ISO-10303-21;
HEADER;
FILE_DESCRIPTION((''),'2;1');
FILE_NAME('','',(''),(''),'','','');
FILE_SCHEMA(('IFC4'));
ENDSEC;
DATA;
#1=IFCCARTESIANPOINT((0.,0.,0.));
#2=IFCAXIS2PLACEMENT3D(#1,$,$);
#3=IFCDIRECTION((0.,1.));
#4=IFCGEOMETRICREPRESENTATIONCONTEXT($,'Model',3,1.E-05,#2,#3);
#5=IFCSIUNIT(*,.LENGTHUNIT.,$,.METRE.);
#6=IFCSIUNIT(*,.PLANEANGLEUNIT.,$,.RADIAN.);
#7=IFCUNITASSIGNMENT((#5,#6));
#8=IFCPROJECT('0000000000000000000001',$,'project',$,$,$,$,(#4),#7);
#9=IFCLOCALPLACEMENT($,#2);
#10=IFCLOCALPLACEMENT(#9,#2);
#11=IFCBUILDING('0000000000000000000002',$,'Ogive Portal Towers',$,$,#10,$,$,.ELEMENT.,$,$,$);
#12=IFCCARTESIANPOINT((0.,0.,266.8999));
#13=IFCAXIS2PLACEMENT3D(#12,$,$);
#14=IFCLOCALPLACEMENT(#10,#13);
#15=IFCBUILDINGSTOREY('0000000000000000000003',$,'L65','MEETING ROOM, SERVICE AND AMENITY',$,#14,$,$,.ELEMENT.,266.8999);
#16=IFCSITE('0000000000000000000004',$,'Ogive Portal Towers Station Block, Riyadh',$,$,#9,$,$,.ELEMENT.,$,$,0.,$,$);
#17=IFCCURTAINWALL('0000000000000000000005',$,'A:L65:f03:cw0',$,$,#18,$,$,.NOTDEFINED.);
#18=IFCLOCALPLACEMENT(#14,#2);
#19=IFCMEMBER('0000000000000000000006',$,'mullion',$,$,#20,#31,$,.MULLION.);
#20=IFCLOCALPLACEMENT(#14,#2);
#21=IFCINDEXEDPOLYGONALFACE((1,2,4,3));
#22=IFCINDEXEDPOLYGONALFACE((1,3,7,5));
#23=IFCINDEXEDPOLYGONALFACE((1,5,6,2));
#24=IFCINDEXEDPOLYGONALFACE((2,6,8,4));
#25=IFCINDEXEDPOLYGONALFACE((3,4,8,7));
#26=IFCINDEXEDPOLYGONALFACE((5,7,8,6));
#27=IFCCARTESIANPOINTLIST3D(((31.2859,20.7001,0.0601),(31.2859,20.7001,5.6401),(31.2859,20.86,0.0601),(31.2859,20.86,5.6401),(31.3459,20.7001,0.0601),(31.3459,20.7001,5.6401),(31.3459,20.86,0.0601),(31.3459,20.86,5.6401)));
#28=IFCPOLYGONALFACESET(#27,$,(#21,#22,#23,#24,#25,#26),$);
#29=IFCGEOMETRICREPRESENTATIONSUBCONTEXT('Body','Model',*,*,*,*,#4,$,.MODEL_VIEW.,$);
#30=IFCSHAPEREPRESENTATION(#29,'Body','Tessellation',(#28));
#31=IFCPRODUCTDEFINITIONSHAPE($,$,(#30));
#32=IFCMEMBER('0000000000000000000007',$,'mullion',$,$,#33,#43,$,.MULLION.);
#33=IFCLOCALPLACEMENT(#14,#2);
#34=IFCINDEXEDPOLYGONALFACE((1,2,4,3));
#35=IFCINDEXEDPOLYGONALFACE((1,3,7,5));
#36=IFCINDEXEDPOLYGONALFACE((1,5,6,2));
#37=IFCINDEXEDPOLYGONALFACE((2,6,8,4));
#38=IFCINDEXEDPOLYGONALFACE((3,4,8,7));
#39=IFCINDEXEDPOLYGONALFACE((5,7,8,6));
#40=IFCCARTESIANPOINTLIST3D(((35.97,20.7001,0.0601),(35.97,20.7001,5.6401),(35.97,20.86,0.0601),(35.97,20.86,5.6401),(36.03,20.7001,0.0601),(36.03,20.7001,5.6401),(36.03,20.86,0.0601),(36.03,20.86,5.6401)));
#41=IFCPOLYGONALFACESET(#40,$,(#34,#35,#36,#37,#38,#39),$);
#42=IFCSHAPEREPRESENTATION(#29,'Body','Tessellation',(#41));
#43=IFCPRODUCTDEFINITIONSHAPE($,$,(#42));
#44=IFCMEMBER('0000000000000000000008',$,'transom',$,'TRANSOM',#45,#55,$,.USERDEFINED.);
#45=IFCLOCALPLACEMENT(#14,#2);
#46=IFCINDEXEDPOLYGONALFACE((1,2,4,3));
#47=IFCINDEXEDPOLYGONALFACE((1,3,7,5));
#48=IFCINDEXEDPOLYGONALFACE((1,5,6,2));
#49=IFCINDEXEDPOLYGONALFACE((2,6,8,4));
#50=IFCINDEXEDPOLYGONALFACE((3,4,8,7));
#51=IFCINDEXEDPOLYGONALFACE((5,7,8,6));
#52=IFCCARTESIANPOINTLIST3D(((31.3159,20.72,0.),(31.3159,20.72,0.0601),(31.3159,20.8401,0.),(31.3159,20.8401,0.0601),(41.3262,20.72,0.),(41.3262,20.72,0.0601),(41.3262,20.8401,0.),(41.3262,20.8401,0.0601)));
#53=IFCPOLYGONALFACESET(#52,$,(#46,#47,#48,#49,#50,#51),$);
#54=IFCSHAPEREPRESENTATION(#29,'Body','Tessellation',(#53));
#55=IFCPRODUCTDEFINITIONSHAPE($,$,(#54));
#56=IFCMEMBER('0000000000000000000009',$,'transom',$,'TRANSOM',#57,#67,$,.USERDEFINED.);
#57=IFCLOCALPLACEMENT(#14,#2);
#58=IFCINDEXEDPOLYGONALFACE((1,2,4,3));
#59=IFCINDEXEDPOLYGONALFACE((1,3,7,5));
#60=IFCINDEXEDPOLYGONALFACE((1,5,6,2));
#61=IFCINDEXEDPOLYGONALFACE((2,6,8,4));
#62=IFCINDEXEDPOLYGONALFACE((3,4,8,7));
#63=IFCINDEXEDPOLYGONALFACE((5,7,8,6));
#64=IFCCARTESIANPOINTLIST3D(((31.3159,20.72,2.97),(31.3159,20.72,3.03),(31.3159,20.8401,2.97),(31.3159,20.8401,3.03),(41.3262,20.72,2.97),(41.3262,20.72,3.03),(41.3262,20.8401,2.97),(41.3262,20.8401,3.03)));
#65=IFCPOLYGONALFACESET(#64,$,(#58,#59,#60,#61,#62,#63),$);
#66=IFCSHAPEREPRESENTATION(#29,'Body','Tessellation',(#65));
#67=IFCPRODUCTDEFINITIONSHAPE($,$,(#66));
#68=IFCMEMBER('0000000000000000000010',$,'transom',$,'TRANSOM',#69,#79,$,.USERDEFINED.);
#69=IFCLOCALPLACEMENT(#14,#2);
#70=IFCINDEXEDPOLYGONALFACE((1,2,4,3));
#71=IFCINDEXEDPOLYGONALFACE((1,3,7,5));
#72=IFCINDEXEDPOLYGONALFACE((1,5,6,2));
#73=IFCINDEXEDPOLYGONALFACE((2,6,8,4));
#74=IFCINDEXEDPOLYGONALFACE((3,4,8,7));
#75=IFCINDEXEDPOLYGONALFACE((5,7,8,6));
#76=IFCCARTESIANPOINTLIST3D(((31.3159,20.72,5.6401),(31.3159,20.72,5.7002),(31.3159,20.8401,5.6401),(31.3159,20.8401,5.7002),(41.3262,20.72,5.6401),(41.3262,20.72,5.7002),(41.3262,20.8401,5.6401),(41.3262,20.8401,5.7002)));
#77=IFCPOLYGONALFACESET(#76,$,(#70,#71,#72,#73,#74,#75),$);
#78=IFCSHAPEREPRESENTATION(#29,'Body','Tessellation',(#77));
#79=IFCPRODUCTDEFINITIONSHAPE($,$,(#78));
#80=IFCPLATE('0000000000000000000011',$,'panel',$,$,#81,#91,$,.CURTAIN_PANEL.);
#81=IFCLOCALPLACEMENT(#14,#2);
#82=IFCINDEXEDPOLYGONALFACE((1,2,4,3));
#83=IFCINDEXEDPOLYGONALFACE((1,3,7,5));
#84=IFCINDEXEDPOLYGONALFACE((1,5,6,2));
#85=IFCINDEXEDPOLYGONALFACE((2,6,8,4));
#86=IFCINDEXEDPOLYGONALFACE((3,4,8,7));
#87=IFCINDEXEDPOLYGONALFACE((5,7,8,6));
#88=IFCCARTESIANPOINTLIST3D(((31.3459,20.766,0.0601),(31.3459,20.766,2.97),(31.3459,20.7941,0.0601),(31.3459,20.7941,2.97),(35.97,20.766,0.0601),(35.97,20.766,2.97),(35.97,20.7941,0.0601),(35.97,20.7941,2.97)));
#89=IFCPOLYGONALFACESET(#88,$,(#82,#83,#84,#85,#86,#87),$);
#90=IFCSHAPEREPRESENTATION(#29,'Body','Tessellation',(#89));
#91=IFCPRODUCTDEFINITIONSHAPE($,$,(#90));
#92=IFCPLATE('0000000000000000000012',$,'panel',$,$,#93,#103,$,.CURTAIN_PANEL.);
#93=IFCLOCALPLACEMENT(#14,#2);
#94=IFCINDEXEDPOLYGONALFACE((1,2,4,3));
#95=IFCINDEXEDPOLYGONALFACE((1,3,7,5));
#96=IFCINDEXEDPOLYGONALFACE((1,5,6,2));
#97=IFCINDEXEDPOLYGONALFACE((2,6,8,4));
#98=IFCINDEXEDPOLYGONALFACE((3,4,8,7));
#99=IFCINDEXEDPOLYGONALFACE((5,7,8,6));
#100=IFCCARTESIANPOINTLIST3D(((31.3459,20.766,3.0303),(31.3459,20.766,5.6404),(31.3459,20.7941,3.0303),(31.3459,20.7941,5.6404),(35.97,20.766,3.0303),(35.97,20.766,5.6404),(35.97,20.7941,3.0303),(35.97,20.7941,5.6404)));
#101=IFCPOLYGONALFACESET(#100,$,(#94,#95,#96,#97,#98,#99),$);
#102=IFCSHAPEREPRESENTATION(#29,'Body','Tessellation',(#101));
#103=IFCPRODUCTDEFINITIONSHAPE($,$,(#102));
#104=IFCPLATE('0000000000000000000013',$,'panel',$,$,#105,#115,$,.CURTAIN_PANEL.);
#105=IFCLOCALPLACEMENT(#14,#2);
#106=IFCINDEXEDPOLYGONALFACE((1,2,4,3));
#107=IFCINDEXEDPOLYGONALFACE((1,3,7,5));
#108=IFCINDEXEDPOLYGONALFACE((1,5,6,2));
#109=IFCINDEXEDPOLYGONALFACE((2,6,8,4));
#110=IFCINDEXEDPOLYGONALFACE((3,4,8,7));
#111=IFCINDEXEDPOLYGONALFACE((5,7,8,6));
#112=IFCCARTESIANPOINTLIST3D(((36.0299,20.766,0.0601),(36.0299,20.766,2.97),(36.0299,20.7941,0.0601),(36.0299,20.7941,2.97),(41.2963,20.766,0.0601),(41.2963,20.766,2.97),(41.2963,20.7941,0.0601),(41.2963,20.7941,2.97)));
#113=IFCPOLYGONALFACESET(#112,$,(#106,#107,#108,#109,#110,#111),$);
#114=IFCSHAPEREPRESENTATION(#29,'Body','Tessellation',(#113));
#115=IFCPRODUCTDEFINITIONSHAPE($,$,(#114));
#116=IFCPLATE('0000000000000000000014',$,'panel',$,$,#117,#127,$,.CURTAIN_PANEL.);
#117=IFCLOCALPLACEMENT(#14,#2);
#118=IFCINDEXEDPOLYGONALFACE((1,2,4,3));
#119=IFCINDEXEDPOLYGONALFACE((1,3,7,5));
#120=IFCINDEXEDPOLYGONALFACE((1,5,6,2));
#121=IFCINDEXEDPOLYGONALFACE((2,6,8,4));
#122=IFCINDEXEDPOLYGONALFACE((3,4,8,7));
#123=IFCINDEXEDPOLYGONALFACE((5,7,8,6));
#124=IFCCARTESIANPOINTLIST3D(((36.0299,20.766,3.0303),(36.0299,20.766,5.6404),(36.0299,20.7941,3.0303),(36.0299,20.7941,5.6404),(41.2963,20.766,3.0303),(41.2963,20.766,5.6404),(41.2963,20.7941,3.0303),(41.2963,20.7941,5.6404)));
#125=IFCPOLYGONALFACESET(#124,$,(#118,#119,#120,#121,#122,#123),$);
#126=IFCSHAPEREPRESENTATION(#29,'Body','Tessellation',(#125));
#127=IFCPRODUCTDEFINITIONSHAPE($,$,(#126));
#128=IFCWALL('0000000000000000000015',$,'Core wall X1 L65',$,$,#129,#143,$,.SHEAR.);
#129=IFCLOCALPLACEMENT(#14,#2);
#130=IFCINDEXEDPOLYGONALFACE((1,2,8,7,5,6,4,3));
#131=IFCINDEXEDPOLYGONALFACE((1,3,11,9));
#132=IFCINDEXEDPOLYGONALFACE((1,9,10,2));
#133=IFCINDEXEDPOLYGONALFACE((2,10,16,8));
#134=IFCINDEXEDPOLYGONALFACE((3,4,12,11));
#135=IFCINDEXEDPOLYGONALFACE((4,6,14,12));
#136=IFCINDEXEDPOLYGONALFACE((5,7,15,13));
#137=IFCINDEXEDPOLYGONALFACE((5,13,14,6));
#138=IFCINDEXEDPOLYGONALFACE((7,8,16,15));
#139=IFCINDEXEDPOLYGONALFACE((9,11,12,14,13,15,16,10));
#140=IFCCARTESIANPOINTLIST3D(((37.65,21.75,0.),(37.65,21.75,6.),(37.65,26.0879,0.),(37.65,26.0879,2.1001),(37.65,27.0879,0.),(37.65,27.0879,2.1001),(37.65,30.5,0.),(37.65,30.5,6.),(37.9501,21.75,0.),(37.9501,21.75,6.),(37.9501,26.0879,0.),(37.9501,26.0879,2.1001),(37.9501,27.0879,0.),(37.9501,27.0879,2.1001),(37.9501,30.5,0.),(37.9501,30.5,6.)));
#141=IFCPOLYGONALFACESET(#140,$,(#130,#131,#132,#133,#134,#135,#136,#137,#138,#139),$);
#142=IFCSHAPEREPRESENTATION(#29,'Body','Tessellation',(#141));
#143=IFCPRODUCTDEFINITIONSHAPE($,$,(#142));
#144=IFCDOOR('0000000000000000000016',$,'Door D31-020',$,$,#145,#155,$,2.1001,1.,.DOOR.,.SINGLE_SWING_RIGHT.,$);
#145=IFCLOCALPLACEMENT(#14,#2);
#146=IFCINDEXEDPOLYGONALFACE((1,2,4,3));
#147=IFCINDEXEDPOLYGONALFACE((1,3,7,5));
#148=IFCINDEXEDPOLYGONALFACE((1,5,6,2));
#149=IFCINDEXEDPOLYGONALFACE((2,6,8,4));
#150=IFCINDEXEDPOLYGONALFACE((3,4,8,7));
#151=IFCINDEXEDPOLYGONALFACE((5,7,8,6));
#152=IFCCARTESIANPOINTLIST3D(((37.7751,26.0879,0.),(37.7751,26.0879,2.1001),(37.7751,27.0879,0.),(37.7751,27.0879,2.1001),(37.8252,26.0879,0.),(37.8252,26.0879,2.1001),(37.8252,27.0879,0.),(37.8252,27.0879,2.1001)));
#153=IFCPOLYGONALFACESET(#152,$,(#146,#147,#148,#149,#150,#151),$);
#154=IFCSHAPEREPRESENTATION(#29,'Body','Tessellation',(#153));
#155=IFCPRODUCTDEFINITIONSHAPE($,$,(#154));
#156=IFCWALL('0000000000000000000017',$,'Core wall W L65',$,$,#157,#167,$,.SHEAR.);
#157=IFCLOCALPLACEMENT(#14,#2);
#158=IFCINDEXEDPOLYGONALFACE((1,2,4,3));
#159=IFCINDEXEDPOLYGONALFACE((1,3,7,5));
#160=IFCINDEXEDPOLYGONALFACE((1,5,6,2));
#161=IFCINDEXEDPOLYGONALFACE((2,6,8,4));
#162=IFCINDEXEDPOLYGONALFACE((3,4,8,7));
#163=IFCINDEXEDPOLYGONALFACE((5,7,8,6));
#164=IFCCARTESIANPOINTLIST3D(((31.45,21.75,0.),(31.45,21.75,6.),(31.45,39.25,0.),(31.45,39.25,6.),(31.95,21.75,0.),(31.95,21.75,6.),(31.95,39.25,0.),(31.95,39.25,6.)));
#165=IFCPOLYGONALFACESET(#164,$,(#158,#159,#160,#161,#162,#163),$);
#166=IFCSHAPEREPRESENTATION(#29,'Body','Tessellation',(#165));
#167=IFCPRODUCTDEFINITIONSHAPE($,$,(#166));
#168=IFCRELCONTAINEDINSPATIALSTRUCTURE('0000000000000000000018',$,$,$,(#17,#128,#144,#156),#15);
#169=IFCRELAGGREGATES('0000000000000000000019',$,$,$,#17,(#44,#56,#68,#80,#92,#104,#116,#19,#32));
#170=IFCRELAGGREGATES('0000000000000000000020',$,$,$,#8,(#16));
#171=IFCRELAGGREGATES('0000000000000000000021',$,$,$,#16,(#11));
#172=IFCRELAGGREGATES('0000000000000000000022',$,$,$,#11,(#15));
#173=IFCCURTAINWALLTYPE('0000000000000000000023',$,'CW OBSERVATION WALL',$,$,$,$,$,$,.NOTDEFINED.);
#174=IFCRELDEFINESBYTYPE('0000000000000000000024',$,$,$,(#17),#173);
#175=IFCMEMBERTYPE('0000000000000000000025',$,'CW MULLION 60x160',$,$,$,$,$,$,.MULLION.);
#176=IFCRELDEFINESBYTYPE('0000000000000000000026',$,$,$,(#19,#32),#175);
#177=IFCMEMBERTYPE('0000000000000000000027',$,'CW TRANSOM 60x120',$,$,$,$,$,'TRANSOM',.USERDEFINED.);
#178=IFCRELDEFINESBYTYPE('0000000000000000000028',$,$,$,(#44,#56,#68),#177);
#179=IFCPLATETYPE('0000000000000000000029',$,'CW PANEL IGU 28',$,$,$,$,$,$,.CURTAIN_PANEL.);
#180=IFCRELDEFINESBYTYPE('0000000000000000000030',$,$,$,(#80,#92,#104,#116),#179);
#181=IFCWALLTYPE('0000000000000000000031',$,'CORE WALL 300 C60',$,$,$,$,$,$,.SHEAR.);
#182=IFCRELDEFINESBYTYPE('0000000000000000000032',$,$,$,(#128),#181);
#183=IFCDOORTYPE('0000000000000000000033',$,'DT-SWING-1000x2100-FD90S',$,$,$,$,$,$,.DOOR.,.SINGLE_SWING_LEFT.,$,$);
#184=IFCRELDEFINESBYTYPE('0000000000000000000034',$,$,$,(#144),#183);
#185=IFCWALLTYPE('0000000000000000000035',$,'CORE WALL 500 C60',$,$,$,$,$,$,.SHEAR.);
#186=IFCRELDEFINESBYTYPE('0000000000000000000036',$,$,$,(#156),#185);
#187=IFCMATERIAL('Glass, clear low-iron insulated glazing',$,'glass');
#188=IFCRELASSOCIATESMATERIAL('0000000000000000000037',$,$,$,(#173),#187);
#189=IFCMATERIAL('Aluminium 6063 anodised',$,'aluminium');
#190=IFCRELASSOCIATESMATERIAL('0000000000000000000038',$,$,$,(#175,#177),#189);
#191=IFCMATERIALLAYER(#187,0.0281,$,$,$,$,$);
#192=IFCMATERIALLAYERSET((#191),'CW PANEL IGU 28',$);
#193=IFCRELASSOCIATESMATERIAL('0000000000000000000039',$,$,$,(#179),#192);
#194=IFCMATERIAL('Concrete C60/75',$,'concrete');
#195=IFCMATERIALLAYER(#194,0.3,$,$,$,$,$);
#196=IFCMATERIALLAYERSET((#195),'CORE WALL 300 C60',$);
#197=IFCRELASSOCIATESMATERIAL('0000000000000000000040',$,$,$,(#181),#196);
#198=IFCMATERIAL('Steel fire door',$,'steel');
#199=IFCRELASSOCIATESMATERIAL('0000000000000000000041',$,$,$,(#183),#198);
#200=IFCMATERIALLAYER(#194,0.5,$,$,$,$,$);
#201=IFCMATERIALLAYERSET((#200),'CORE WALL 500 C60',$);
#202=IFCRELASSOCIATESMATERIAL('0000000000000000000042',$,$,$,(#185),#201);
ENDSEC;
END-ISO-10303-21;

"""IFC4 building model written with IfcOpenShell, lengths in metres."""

from ifc_helpers import new_model, si_unit, direction, frame, frame_2d, origin, origin_2d, place, context, subcontext, project, spatial, rectangle, extrude, material, layer, layer_set, material_profile, profile_set, type_object, element, fill, aggregate, save


model = new_model("IFC4")

# Units and contexts
model_context = context("Model", 3, precision=1e-05, world=origin(), true_north=direction((0.0, 1.0)))
body_context = subcontext(model_context, "Body", "Model", "MODEL_VIEW")
ifc_project = project(units=[si_unit("LENGTHUNIT", "METRE"), si_unit("PLANEANGLEUNIT", "RADIAN")], contexts=[model_context])

# Site, building, storey
site_placement = place(None, origin())
site = spatial("IfcSite", under=ifc_project, at=site_placement, Name="Ogive Portal Towers Station Block, Riyadh", CompositionType="ELEMENT", RefElevation=0.0)
building_placement = place(site_placement, origin())
building = spatial("IfcBuilding", under=site, at=building_placement, Name="Ogive Portal Towers", CompositionType="ELEMENT")
storey_placement = place(building_placement, frame((0.0, 0.0, 266.8999)))
storey = spatial("IfcBuildingStorey", under=building, at=storey_placement, Name="L65", Description="MEETING ROOM, SERVICE AND AMENITY", CompositionType="ELEMENT", Elevation=266.8999)

# Curtain wall, members, plates
ifc_material_1 = material(Name="Glass, clear low-iron insulated glazing", Category="glass")
curtain_wall_type = type_object("IfcCurtainWallType", Name="CW OBSERVATION WALL", PredefinedType="NOTDEFINED", material=ifc_material_1)
curtain_wall_placement = place(storey_placement, origin())
curtain_wall = element("IfcCurtainWall", 1, at=curtain_wall_placement, inside=storey, type_object=curtain_wall_type, Name="A:L65:f03:cw0", PredefinedType="NOTDEFINED")
ifc_material_2 = material(Name="Aluminium 6063 anodised", Category="aluminium")
ifc_material_profile_1 = material_profile(ifc_material_2, rectangle(XDim=0.1599, YDim=0.0601, at=origin_2d()), Name="AL 60x160")
ifc_profile_set_1 = profile_set([ifc_material_profile_1], Name="Aluminium 6063 anodised")
member_type_1 = type_object("IfcMemberType", Name="CW MULLION 60x160", PredefinedType="MULLION", material=ifc_profile_set_1)
member_1_placement = place(storey_placement, frame((31.3159, 20.78, 0.0601), z_axis=(0.0, 0.0, 1.0), x_axis=(0.0, 1.0, 0.0)))
member_1 = element("IfcMember", 2, at=member_1_placement, type_object=member_type_1, Name="mullion", PredefinedType="MULLION", context=body_context, shape_type="SweptSolid", body=[
    extrude(rectangle(XDim=0.1599, YDim=0.0601, at=origin_2d()), origin(), (0.0, 0.0, 1.0), 5.5801),
])
member_2_placement = place(storey_placement, frame((36.0, 20.78, 0.0601), z_axis=(0.0, 0.0, 1.0), x_axis=(0.0, 1.0, 0.0)))
member_2 = element("IfcMember", 3, at=member_2_placement, type_object=member_type_1, Name="mullion", PredefinedType="MULLION", context=body_context, shape_type="SweptSolid", body=[
    extrude(rectangle(XDim=0.1599, YDim=0.0601, at=origin_2d()), origin(), (0.0, 0.0, 1.0), 5.5801),
])
ifc_material_profile_2 = material_profile(ifc_material_2, rectangle(XDim=0.1201, YDim=0.0601, at=origin_2d()), Name="AL 120x60")
ifc_profile_set_2 = profile_set([ifc_material_profile_2], Name="Aluminium 6063 anodised")
member_type_2 = type_object("IfcMemberType", Name="CW TRANSOM 60x120", ElementType="TRANSOM", PredefinedType="USERDEFINED", material=ifc_profile_set_2)
member_3_placement = place(storey_placement, frame((31.3159, 20.78, 0.03), z_axis=(1.0, 0.0, 0.0), x_axis=(0.0, 1.0, 0.0)))
member_3 = element("IfcMember", 4, at=member_3_placement, type_object=member_type_2, Name="transom", ObjectType="TRANSOM", PredefinedType="USERDEFINED", context=body_context, shape_type="SweptSolid", body=[
    extrude(rectangle(XDim=0.1201, YDim=0.0601, at=origin_2d()), origin(), (0.0, 0.0, 1.0), 10.0103),
])
member_4_placement = place(storey_placement, frame((31.3159, 20.78, 3.0), z_axis=(1.0, 0.0, 0.0), x_axis=(0.0, 1.0, 0.0)))
member_4 = element("IfcMember", 5, at=member_4_placement, type_object=member_type_2, Name="transom", ObjectType="TRANSOM", PredefinedType="USERDEFINED", context=body_context, shape_type="SweptSolid", body=[
    extrude(rectangle(XDim=0.1201, YDim=0.0601, at=origin_2d()), origin(), (0.0, 0.0, 1.0), 10.0103),
])
member_5_placement = place(storey_placement, frame((31.3159, 20.78, 5.6702), z_axis=(1.0, 0.0, 0.0), x_axis=(0.0, 1.0, 0.0)))
member_5 = element("IfcMember", 6, at=member_5_placement, type_object=member_type_2, Name="transom", ObjectType="TRANSOM", PredefinedType="USERDEFINED", context=body_context, shape_type="SweptSolid", body=[
    extrude(rectangle(XDim=0.1201, YDim=0.0601, at=origin_2d()), origin(), (0.0, 0.0, 1.0), 10.0103),
])
ifc_layer_1 = layer(ifc_material_1, 0.0281)
ifc_layer_set_1 = layer_set([ifc_layer_1], Name="CW PANEL IGU 28")
plate_type = type_object("IfcPlateType", Name="CW PANEL IGU 28", PredefinedType="CURTAIN_PANEL", material=ifc_layer_set_1)
plate_1_placement = place(storey_placement, frame((33.658, 20.78, 0.0601), z_axis=(0.0, 0.0, 1.0), x_axis=(1.0, 0.0, 0.0)))
plate_1 = element("IfcPlate", 7, at=plate_1_placement, type_object=plate_type, Name="panel", PredefinedType="CURTAIN_PANEL", context=body_context, shape_type="SweptSolid", body=[
    extrude(rectangle(XDim=4.624, YDim=0.0281, at=origin_2d()), origin(), (0.0, 0.0, 1.0), 2.9099),
])
plate_2_placement = place(storey_placement, frame((33.658, 20.78, 3.0303), z_axis=(0.0, 0.0, 1.0), x_axis=(1.0, 0.0, 0.0)))
plate_2 = element("IfcPlate", 8, at=plate_2_placement, type_object=plate_type, Name="panel", PredefinedType="CURTAIN_PANEL", context=body_context, shape_type="SweptSolid", body=[
    extrude(rectangle(XDim=4.624, YDim=0.0281, at=origin_2d()), origin(), (0.0, 0.0, 1.0), 2.6101),
])
plate_3_placement = place(storey_placement, frame((38.6631, 20.78, 0.0601), z_axis=(0.0, 0.0, 1.0), x_axis=(1.0, 0.0, 0.0)))
plate_3 = element("IfcPlate", 9, at=plate_3_placement, type_object=plate_type, Name="panel", PredefinedType="CURTAIN_PANEL", context=body_context, shape_type="SweptSolid", body=[
    extrude(rectangle(XDim=5.2664, YDim=0.0281, at=origin_2d()), origin(), (0.0, 0.0, 1.0), 2.9099),
])
plate_4_placement = place(storey_placement, frame((38.6631, 20.78, 3.0303), z_axis=(0.0, 0.0, 1.0), x_axis=(1.0, 0.0, 0.0)))
plate_4 = element("IfcPlate", 10, at=plate_4_placement, type_object=plate_type, Name="panel", PredefinedType="CURTAIN_PANEL", context=body_context, shape_type="SweptSolid", body=[
    extrude(rectangle(XDim=5.2664, YDim=0.0281, at=origin_2d()), origin(), (0.0, 0.0, 1.0), 2.6101),
])
aggregate(curtain_wall, [member_3, member_4, member_5, plate_1, plate_2, plate_3, plate_4, member_1, member_2])

# Wall, opening, door
ifc_material_3 = material(Name="Concrete C60/75", Category="concrete")
ifc_layer_2 = layer(ifc_material_3, 0.3)
ifc_layer_set_2 = layer_set([ifc_layer_2], Name="CORE WALL 300 C60")
wall_type_1 = type_object("IfcWallType", Name="CORE WALL 300 C60", PredefinedType="SHEAR", material=ifc_layer_set_2)
wall_1_placement = place(storey_placement, frame((37.8, 21.75, 0.0), z_axis=(0.0, 0.0, 1.0), x_axis=(0.0, 1.0, 0.0)))
wall_1 = element("IfcWall", 11, at=wall_1_placement, inside=storey, type_object=wall_type_1, Name="Core wall X1 L65", PredefinedType="SHEAR", context=body_context, shape_type="SweptSolid", body=[
    extrude(rectangle(XDim=8.75, YDim=0.3, at=frame_2d((4.375, 0.0))), origin(), (0.0, 0.0, 1.0), 6.0),
])
opening_placement = place(wall_1_placement, frame((4.3379, 0.0, 0.0)))
opening = element("IfcOpeningElement", 12, at=opening_placement, cuts=wall_1, PredefinedType="OPENING", context=body_context, shape_type="SweptSolid", body=[
    extrude(rectangle(XDim=1.0, YDim=2.1001, at=frame_2d((0.5, 1.05))), frame((0.0, 0.1602, 0.0), z_axis=(0.0, -1.0, 0.0), x_axis=(1.0, 0.0, 0.0)), (0.0, 0.0, 1.0), 0.3201),
])
ifc_material_4 = material(Name="Steel fire door", Category="steel")
door_type = type_object("IfcDoorType", Name="DT-SWING-1000x2100-FD90S", OperationType="SINGLE_SWING_LEFT", PredefinedType="DOOR", material=ifc_material_4)
door_placement = place(opening_placement, origin())
door = element("IfcDoor", 13, at=door_placement, inside=storey, type_object=door_type, Name="Door D31-020", OperationType="SINGLE_SWING_RIGHT", OverallHeight=2.1001, OverallWidth=1.0, PredefinedType="DOOR", context=body_context, shape_type="SweptSolid", body=[
    extrude(rectangle(XDim=1.0, YDim=2.1001, at=frame_2d((0.5, 1.05))), frame((0.0, 0.0249, 0.0), z_axis=(0.0, -1.0, 0.0), x_axis=(1.0, 0.0, 0.0)), (0.0, 0.0, 1.0), 0.05),
])
fill(opening, door)

# Wall
ifc_layer_3 = layer(ifc_material_3, 0.5)
ifc_layer_set_3 = layer_set([ifc_layer_3], Name="CORE WALL 500 C60")
wall_type_2 = type_object("IfcWallType", Name="CORE WALL 500 C60", PredefinedType="SHEAR", material=ifc_layer_set_3)
wall_2_placement = place(storey_placement, frame((31.7, 21.75, 0.0), z_axis=(0.0, 0.0, 1.0), x_axis=(0.0, 1.0, 0.0)))
element("IfcWall", 14, at=wall_2_placement, inside=storey, type_object=wall_type_2, Name="Core wall W L65", PredefinedType="SHEAR", context=body_context, shape_type="SweptSolid", body=[
    extrude(rectangle(XDim=17.5, YDim=0.5, at=frame_2d((8.75, 0.0))), origin(), (0.0, 0.0, 1.0), 6.0),
])

save(model, "model.ifc")
